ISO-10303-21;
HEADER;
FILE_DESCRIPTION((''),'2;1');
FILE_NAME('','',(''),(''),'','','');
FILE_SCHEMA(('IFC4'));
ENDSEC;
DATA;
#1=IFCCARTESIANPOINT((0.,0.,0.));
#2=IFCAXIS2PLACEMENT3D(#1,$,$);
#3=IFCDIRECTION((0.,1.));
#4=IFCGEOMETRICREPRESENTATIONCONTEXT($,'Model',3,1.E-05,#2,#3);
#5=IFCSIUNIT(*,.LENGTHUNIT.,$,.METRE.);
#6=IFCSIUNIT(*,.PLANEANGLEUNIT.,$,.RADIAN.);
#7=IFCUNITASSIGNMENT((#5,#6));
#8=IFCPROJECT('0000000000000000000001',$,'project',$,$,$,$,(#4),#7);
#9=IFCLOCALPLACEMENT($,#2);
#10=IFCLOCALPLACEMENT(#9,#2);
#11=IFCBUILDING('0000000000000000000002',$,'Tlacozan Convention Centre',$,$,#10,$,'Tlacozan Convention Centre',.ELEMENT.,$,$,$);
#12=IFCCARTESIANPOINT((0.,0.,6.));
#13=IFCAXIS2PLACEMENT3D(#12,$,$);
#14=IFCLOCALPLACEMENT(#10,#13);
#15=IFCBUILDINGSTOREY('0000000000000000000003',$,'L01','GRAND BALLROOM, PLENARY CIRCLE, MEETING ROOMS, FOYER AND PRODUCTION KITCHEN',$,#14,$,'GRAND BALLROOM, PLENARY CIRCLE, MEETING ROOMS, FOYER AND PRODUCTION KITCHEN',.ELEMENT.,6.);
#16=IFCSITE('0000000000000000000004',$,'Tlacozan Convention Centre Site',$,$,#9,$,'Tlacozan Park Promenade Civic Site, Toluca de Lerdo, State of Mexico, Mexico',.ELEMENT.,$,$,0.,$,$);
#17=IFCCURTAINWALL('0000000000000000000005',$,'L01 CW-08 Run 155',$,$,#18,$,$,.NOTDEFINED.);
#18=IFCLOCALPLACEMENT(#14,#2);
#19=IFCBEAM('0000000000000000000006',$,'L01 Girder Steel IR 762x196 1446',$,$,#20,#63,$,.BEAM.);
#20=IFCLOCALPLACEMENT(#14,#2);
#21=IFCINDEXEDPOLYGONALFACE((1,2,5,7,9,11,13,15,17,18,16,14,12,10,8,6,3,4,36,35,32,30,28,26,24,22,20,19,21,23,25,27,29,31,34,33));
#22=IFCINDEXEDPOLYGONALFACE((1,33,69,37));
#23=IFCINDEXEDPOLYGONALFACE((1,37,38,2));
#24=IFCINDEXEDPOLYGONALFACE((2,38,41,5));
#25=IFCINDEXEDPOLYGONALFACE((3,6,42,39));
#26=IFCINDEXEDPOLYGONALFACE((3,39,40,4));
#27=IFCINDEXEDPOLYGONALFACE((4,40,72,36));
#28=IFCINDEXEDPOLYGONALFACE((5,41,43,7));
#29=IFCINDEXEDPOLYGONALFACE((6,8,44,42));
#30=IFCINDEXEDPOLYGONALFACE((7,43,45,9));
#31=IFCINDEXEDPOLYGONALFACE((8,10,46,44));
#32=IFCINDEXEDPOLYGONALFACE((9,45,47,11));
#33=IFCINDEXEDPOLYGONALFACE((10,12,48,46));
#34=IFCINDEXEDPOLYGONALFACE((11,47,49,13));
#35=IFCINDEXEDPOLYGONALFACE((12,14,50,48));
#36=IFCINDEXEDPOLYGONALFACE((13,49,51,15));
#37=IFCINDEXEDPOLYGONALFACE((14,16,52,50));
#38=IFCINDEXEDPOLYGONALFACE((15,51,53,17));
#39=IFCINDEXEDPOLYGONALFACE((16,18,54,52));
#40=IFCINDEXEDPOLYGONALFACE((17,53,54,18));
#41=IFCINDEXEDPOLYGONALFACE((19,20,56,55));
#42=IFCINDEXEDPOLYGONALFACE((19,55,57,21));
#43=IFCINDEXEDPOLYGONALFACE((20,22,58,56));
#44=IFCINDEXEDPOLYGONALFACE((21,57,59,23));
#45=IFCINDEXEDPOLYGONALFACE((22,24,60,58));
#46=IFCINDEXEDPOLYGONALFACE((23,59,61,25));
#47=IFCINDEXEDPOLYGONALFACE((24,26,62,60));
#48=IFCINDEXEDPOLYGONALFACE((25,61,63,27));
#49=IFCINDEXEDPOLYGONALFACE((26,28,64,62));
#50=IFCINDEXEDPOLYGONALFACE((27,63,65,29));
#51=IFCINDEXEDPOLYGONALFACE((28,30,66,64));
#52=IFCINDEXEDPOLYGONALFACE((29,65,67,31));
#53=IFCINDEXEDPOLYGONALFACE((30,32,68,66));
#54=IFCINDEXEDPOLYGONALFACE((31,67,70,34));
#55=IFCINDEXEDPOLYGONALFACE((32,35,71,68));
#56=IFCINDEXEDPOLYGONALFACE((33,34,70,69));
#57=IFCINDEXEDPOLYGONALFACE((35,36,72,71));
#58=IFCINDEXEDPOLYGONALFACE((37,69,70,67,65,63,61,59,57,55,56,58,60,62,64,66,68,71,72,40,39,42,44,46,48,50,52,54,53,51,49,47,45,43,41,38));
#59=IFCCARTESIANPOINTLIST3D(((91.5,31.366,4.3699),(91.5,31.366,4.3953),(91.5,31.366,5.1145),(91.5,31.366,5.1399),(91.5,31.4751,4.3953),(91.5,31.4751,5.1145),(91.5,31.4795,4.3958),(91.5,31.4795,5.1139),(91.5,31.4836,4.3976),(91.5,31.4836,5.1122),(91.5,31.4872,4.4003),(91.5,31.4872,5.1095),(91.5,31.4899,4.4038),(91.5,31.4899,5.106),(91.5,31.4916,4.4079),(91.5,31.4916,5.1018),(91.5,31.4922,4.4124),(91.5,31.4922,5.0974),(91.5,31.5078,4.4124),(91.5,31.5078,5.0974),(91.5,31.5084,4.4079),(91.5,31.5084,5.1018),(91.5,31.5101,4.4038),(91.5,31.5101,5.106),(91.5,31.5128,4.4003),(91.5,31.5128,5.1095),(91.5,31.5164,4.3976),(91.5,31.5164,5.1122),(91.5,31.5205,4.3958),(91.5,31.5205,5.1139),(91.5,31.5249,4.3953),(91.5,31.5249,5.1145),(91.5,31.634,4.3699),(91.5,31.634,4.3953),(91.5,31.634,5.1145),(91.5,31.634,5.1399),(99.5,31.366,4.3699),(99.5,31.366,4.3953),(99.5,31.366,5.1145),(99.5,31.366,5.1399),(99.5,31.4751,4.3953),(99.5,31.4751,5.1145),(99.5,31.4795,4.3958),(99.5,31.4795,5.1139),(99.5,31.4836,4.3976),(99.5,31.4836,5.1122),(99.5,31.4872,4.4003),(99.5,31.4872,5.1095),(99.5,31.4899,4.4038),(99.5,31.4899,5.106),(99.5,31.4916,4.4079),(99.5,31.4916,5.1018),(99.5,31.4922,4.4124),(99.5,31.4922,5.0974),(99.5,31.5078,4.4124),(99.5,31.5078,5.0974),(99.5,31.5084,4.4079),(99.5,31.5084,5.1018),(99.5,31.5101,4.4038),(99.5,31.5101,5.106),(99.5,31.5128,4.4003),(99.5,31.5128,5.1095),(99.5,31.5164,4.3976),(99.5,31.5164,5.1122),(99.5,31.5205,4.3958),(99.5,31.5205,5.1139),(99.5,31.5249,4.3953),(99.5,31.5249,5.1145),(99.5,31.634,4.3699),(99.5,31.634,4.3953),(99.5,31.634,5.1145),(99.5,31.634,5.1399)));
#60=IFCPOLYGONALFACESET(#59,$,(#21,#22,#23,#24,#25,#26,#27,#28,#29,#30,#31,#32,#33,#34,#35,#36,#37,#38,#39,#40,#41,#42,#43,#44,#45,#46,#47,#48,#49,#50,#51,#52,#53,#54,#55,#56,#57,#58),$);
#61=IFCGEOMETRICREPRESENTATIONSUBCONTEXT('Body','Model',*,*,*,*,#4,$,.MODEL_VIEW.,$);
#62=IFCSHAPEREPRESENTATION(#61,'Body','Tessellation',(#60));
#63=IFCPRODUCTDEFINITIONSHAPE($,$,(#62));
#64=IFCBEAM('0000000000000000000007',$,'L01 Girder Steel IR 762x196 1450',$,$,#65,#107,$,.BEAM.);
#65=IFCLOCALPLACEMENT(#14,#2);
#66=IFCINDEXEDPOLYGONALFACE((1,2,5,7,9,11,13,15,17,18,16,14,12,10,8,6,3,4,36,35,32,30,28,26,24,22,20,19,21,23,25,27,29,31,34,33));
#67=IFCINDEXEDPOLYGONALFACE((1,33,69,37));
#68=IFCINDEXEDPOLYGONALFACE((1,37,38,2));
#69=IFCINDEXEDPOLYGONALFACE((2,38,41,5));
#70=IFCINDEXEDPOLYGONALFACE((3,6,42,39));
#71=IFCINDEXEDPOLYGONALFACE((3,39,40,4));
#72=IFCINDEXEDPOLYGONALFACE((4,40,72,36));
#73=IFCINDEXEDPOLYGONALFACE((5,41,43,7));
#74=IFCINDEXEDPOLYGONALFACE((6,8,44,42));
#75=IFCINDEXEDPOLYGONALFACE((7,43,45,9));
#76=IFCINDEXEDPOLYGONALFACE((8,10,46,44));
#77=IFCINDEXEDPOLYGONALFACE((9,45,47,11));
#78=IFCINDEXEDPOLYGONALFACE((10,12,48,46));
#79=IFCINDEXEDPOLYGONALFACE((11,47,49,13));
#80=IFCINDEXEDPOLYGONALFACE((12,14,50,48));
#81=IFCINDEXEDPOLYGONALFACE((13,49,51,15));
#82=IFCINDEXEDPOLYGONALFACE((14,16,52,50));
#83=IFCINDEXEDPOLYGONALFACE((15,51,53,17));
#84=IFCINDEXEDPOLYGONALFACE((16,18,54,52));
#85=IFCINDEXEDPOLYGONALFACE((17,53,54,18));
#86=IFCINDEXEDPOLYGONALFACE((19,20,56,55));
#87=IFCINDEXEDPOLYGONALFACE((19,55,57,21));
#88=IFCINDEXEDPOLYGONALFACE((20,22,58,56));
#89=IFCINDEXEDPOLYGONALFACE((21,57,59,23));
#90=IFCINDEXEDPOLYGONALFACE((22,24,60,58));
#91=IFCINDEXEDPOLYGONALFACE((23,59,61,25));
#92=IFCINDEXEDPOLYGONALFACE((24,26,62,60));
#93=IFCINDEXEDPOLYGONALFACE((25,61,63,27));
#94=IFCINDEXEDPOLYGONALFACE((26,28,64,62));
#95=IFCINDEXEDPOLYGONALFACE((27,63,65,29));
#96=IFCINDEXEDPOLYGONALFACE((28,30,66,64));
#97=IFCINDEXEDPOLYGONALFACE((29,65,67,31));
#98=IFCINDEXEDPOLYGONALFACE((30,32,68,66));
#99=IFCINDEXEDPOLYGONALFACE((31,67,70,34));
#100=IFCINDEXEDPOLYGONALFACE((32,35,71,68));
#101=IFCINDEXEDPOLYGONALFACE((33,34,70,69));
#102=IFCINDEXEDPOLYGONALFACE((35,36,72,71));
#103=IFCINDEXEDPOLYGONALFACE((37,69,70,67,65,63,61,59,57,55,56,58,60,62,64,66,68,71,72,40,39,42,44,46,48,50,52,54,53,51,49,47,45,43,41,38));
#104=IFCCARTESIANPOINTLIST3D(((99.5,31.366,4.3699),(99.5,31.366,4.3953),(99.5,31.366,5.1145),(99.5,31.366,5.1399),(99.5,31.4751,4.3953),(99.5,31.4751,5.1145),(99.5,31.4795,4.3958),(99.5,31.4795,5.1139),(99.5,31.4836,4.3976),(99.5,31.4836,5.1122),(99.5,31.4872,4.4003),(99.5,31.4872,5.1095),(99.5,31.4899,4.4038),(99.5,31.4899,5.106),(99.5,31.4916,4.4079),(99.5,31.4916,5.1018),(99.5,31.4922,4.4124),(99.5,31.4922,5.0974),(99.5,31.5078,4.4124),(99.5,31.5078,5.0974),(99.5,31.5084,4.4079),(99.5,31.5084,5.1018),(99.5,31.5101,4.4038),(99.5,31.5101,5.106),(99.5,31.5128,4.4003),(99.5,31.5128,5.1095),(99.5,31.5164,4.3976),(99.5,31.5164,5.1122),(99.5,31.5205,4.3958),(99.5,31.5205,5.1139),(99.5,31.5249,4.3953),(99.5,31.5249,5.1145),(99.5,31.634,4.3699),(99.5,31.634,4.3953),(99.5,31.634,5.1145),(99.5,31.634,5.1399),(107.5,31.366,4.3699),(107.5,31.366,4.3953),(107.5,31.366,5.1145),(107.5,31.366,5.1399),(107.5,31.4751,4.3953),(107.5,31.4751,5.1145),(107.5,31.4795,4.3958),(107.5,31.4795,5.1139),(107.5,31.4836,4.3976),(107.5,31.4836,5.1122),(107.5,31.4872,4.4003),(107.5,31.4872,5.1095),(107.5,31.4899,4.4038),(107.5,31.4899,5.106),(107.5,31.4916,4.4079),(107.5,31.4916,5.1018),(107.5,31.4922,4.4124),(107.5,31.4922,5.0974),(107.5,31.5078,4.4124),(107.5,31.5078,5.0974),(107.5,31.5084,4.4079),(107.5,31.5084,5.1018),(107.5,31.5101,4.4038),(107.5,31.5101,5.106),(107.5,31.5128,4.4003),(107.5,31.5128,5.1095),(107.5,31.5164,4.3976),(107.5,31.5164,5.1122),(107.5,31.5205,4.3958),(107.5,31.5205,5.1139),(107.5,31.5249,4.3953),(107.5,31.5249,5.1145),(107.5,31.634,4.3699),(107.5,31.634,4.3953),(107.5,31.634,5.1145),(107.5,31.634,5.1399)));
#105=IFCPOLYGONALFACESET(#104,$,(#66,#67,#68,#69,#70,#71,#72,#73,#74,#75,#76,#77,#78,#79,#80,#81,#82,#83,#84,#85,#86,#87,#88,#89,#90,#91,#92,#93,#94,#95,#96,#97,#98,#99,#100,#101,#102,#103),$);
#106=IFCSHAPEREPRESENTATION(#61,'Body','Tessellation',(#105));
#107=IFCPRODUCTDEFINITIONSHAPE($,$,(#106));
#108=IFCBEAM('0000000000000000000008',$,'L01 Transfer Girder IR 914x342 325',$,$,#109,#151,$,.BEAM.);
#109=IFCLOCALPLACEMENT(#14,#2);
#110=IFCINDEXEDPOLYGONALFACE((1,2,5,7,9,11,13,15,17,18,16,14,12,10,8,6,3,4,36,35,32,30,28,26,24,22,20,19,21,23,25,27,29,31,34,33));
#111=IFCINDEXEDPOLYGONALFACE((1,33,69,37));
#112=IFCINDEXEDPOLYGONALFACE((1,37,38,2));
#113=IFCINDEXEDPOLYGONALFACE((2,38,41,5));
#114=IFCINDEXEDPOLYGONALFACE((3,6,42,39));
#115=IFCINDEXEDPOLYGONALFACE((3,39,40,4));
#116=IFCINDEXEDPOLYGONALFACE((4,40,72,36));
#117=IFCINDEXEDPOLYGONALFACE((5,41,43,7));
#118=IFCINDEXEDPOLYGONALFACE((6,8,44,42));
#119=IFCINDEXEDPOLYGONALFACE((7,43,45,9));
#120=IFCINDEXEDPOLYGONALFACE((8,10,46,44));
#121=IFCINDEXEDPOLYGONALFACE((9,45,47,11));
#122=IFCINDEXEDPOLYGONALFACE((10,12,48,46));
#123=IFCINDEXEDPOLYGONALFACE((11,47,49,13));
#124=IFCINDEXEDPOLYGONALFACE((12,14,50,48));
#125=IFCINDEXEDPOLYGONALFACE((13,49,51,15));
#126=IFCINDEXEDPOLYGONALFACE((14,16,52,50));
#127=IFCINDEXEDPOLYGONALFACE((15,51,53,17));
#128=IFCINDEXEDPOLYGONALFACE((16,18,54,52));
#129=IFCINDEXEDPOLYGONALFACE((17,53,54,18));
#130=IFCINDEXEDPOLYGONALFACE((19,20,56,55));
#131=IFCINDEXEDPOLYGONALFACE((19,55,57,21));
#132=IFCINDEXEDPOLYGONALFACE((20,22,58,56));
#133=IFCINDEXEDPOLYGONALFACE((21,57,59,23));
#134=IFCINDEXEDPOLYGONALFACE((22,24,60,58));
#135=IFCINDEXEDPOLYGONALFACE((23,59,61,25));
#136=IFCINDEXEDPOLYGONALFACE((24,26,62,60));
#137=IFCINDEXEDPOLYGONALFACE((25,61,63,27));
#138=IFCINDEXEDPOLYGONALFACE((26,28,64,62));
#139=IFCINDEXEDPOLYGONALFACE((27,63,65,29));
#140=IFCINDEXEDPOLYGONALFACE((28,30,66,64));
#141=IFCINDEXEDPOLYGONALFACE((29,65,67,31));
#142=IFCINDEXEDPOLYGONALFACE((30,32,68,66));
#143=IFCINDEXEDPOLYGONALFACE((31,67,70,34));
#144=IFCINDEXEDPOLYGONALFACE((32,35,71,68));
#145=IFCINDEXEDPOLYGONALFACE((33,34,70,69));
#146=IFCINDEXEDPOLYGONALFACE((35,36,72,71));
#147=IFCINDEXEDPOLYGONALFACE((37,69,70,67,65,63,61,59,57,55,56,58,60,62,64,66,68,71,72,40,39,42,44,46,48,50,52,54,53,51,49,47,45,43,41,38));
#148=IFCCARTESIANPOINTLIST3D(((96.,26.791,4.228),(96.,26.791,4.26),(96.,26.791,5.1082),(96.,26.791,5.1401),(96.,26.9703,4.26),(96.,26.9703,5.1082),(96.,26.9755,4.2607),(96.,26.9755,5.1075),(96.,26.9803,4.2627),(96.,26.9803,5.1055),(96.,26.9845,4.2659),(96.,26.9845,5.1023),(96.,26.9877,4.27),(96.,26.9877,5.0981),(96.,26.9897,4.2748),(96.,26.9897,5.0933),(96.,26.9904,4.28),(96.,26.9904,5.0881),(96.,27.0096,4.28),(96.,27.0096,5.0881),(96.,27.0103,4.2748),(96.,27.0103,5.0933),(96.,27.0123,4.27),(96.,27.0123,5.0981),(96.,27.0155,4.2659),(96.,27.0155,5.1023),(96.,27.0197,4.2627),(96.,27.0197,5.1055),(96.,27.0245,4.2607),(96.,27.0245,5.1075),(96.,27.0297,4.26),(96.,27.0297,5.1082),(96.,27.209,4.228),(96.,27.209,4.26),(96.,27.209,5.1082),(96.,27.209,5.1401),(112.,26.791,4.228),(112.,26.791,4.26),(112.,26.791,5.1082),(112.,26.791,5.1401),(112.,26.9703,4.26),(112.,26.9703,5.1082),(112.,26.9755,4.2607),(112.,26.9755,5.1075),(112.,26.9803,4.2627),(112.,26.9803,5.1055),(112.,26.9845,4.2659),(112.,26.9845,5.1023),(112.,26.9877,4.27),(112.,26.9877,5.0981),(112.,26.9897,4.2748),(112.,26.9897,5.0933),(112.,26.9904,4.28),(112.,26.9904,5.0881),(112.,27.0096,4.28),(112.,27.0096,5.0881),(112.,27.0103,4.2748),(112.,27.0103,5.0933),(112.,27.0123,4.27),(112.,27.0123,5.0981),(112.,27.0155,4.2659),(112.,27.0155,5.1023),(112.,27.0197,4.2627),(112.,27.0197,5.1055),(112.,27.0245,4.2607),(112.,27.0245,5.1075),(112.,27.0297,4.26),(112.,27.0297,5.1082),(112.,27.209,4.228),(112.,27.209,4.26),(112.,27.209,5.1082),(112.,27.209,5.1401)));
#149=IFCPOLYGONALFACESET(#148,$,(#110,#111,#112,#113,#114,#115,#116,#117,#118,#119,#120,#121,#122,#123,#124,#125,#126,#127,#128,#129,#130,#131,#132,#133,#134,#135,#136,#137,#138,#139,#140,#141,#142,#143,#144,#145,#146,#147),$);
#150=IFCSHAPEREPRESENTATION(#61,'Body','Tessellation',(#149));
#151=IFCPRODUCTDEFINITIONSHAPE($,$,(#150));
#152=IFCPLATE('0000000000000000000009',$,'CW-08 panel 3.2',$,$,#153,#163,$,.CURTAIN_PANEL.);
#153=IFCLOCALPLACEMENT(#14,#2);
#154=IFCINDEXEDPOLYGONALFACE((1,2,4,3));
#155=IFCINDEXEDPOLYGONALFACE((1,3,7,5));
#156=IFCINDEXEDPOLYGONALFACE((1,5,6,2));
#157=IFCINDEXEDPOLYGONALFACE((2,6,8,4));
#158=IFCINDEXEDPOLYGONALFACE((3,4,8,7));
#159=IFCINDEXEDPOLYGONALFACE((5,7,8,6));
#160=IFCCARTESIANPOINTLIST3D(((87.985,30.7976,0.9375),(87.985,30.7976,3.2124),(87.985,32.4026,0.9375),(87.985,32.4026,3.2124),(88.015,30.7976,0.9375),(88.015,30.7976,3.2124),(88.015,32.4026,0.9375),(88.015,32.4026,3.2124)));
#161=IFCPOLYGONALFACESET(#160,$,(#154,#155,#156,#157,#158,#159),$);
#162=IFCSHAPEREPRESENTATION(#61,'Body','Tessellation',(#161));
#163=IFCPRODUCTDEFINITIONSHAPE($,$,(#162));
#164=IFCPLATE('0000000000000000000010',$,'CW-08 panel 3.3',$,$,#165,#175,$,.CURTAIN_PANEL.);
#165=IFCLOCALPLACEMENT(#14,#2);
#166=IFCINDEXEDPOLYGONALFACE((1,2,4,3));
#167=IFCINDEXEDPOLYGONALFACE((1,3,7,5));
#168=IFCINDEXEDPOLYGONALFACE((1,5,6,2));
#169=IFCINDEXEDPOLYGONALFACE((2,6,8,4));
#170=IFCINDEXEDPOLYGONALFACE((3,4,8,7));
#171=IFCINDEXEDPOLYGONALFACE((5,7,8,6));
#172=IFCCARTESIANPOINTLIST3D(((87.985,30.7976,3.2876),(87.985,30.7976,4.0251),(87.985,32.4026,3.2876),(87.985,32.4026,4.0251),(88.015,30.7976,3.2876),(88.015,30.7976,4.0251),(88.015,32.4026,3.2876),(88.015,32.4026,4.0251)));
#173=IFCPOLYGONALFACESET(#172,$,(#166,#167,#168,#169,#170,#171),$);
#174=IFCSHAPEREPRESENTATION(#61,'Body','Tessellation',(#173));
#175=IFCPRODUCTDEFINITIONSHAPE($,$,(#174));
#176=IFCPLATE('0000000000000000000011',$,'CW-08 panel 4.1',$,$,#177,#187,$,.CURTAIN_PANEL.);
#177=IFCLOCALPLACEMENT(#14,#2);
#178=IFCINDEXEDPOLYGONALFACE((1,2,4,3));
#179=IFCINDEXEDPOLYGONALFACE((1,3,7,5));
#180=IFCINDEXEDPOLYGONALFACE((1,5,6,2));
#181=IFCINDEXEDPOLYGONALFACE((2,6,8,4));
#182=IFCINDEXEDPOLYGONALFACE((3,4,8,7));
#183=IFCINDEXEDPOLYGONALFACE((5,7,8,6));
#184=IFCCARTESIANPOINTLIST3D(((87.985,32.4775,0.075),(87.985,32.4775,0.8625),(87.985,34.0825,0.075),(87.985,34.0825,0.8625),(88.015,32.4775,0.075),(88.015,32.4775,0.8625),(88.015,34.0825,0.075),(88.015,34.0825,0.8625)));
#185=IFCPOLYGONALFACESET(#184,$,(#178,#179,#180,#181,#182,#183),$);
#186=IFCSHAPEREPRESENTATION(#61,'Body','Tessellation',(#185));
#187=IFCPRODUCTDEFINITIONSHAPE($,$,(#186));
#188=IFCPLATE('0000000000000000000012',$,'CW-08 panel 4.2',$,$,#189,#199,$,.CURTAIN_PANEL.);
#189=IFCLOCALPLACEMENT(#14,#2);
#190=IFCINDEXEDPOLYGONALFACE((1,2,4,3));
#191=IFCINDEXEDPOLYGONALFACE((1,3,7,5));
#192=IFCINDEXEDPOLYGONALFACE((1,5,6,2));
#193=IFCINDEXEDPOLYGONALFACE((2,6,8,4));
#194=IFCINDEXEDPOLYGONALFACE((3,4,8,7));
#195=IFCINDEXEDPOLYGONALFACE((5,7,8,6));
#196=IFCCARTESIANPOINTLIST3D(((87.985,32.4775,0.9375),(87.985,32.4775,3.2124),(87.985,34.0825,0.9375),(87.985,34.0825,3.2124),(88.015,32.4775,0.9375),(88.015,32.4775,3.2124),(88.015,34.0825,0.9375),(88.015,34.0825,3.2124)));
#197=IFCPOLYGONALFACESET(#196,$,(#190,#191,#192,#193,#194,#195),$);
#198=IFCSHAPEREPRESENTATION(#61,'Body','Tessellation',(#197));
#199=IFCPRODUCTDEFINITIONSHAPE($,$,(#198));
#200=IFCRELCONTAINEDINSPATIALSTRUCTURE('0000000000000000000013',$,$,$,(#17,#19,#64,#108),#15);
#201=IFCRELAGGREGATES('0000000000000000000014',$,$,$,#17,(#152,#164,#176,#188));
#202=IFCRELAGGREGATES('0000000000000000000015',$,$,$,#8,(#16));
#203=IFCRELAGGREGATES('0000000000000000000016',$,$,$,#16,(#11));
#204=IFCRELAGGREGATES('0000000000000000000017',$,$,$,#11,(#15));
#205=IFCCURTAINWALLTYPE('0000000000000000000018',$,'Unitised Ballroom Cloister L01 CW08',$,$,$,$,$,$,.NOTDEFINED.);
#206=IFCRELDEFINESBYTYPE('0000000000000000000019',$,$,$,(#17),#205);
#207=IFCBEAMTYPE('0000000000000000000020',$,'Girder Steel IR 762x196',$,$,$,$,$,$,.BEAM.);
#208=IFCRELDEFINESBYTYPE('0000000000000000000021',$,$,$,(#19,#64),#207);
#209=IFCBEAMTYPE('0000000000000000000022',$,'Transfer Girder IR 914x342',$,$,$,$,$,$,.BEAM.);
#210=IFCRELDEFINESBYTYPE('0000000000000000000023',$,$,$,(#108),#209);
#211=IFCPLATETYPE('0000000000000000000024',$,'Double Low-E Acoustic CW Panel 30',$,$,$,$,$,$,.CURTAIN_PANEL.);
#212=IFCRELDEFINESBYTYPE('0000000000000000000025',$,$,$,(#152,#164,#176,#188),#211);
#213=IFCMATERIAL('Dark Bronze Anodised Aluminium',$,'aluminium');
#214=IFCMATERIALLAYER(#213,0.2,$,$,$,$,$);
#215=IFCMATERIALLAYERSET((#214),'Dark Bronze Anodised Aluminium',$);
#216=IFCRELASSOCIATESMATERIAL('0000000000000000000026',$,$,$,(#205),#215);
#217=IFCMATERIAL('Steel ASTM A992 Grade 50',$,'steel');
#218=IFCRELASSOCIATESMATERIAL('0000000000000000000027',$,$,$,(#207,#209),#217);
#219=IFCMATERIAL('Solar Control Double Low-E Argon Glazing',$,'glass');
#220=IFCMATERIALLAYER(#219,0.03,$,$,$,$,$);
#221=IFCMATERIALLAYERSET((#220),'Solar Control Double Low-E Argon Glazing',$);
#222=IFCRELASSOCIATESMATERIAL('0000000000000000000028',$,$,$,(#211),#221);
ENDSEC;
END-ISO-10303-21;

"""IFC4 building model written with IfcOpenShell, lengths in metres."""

from ifc_helpers import new_model, si_unit, direction, frame, origin, origin_2d, place, context, subcontext, project, spatial, rectangle, i_section, extrude, material, layer, layer_set, material_profile, profile_set, type_object, element, aggregate, save


model = new_model("IFC4")

# Units and contexts
model_context = context("Model", 3, precision=1e-05, world=origin(), true_north=direction((0.0, 1.0)))
body_context = subcontext(model_context, "Body", "Model", "MODEL_VIEW")
ifc_project = project(units=[si_unit("LENGTHUNIT", "METRE"), si_unit("PLANEANGLEUNIT", "RADIAN")], contexts=[model_context])

# Site, building, storey
site_placement = place(None, origin())
site = spatial("IfcSite", under=ifc_project, at=site_placement, Name="Tlacozan Convention Centre Site", LongName="Tlacozan Park Promenade Civic Site, Toluca de Lerdo, State of Mexico, Mexico", CompositionType="ELEMENT", RefElevation=0.0)
building_placement = place(site_placement, origin())
building = spatial("IfcBuilding", under=site, at=building_placement, Name="Tlacozan Convention Centre", LongName="Tlacozan Convention Centre", CompositionType="ELEMENT")
storey_placement = place(building_placement, frame((0.0, 0.0, 6.0)))
storey = spatial("IfcBuildingStorey", under=building, at=storey_placement, Name="L01", Description="GRAND BALLROOM, PLENARY CIRCLE, MEETING ROOMS, FOYER AND PRODUCTION KITCHEN", LongName="GRAND BALLROOM, PLENARY CIRCLE, MEETING ROOMS, FOYER AND PRODUCTION KITCHEN", CompositionType="ELEMENT", Elevation=6.0)

# Shared definitions
ifc_material_1 = material(Name="Steel ASTM A992 Grade 50", Category="steel")

# Curtain wall
ifc_material_2 = material(Name="Dark Bronze Anodised Aluminium", Category="aluminium")
ifc_layer_1 = layer(ifc_material_2, 0.2)
ifc_layer_set_1 = layer_set([ifc_layer_1], Name="Dark Bronze Anodised Aluminium")
curtain_wall_type = type_object("IfcCurtainWallType", Name="Unitised Ballroom Cloister L01 CW08", PredefinedType="NOTDEFINED", material=ifc_layer_set_1)
curtain_wall_placement = place(storey_placement, origin())
curtain_wall = element("IfcCurtainWall", 1, at=curtain_wall_placement, inside=storey, type_object=curtain_wall_type, Name="L01 CW-08 Run 155", PredefinedType="NOTDEFINED")

# Beams
ifc_material_profile_1 = material_profile(ifc_material_1, i_section(OverallWidth=0.2681, OverallDepth=0.77, WebThickness=0.0156, FlangeThickness=0.0254, FilletRadius=0.0171, at=origin_2d()), Name="IR 762x196.0")
ifc_profile_set_1 = profile_set([ifc_material_profile_1], Name="Steel ASTM A992 Grade 50")
beam_type_1 = type_object("IfcBeamType", Name="Girder Steel IR 762x196", PredefinedType="BEAM", material=ifc_profile_set_1)
for number, where, z_axis, x_axis, name in (
    (2, (91.5, 31.5, 4.7549), (1.0, 0.0, 0.0), (0.0, 1.0, 0.0), "L01 Girder Steel IR 762x196 1446"),
    (3, (99.5, 31.5, 4.7549), (1.0, 0.0, 0.0), (0.0, 1.0, 0.0), "L01 Girder Steel IR 762x196 1450"),
):
    element("IfcBeam", number, at=place(storey_placement, frame(where, z_axis=z_axis, x_axis=x_axis)), inside=storey, type_object=beam_type_1, Name=name, PredefinedType="BEAM", context=body_context, shape_type="SweptSolid", body=[
        extrude(i_section(OverallWidth=0.2681, OverallDepth=0.77, WebThickness=0.0156, FlangeThickness=0.0254, FilletRadius=0.0171, at=origin_2d()), origin(), (0.0, 0.0, 1.0), 8.0),
    ])
ifc_material_profile_2 = material_profile(ifc_material_1, i_section(OverallWidth=0.418, OverallDepth=0.9121, WebThickness=0.0193, FlangeThickness=0.032, FilletRadius=0.02, at=origin_2d()), Name="IR 914x342.0")
ifc_profile_set_2 = profile_set([ifc_material_profile_2], Name="Steel ASTM A992 Grade 50")
beam_type_2 = type_object("IfcBeamType", Name="Transfer Girder IR 914x342", PredefinedType="BEAM", material=ifc_profile_set_2)
beam_1_placement = place(storey_placement, frame((96.0, 27.0, 4.6841), z_axis=(1.0, 0.0, 0.0), x_axis=(0.0, 1.0, 0.0)))
element("IfcBeam", 4, at=beam_1_placement, inside=storey, type_object=beam_type_2, Name="L01 Transfer Girder IR 914x342 325", PredefinedType="BEAM", context=body_context, shape_type="SweptSolid", body=[
    extrude(i_section(OverallWidth=0.418, OverallDepth=0.9121, WebThickness=0.0193, FlangeThickness=0.032, FilletRadius=0.02, at=origin_2d()), origin(), (0.0, 0.0, 1.0), 16.0),
])

# Plates
ifc_material_3 = material(Name="Solar Control Double Low-E Argon Glazing", Category="glass")
ifc_layer_2 = layer(ifc_material_3, 0.03)
ifc_layer_set_2 = layer_set([ifc_layer_2], Name="Solar Control Double Low-E Argon Glazing")
plate_type = type_object("IfcPlateType", Name="Double Low-E Acoustic CW Panel 30", PredefinedType="CURTAIN_PANEL", material=ifc_layer_set_2)
plate_1_placement = place(storey_placement, frame((88.0, 31.6001, 0.9375), z_axis=(0.0, 0.0, 1.0), x_axis=(0.0, 1.0, 0.0)))
plate_1 = element("IfcPlate", 5, at=plate_1_placement, type_object=plate_type, Name="CW-08 panel 3.2", PredefinedType="CURTAIN_PANEL", context=body_context, shape_type="SweptSolid", body=[
    extrude(rectangle(XDim=1.605, YDim=0.03, at=origin_2d()), origin(), (0.0, 0.0, 1.0), 2.2749),
])
plate_2_placement = place(storey_placement, frame((88.0, 31.6001, 3.2876), z_axis=(0.0, 0.0, 1.0), x_axis=(0.0, 1.0, 0.0)))
plate_2 = element("IfcPlate", 6, at=plate_2_placement, type_object=plate_type, Name="CW-08 panel 3.3", PredefinedType="CURTAIN_PANEL", context=body_context, shape_type="SweptSolid", body=[
    extrude(rectangle(XDim=1.605, YDim=0.03, at=origin_2d()), origin(), (0.0, 0.0, 1.0), 0.7375),
])
plate_3_placement = place(storey_placement, frame((88.0, 33.28, 0.075), z_axis=(0.0, 0.0, 1.0), x_axis=(0.0, 1.0, 0.0)))
plate_3 = element("IfcPlate", 7, at=plate_3_placement, type_object=plate_type, Name="CW-08 panel 4.1", PredefinedType="CURTAIN_PANEL", context=body_context, shape_type="SweptSolid", body=[
    extrude(rectangle(XDim=1.605, YDim=0.03, at=origin_2d()), origin(), (0.0, 0.0, 1.0), 0.7876),
])
plate_4_placement = place(storey_placement, frame((88.0, 33.28, 0.9375), z_axis=(0.0, 0.0, 1.0), x_axis=(0.0, 1.0, 0.0)))
plate_4 = element("IfcPlate", 8, at=plate_4_placement, type_object=plate_type, Name="CW-08 panel 4.2", PredefinedType="CURTAIN_PANEL", context=body_context, shape_type="SweptSolid", body=[
    extrude(rectangle(XDim=1.605, YDim=0.03, at=origin_2d()), origin(), (0.0, 0.0, 1.0), 2.2749),
])
aggregate(curtain_wall, [plate_1, plate_2, plate_3, plate_4])

save(model, "model.ifc")
